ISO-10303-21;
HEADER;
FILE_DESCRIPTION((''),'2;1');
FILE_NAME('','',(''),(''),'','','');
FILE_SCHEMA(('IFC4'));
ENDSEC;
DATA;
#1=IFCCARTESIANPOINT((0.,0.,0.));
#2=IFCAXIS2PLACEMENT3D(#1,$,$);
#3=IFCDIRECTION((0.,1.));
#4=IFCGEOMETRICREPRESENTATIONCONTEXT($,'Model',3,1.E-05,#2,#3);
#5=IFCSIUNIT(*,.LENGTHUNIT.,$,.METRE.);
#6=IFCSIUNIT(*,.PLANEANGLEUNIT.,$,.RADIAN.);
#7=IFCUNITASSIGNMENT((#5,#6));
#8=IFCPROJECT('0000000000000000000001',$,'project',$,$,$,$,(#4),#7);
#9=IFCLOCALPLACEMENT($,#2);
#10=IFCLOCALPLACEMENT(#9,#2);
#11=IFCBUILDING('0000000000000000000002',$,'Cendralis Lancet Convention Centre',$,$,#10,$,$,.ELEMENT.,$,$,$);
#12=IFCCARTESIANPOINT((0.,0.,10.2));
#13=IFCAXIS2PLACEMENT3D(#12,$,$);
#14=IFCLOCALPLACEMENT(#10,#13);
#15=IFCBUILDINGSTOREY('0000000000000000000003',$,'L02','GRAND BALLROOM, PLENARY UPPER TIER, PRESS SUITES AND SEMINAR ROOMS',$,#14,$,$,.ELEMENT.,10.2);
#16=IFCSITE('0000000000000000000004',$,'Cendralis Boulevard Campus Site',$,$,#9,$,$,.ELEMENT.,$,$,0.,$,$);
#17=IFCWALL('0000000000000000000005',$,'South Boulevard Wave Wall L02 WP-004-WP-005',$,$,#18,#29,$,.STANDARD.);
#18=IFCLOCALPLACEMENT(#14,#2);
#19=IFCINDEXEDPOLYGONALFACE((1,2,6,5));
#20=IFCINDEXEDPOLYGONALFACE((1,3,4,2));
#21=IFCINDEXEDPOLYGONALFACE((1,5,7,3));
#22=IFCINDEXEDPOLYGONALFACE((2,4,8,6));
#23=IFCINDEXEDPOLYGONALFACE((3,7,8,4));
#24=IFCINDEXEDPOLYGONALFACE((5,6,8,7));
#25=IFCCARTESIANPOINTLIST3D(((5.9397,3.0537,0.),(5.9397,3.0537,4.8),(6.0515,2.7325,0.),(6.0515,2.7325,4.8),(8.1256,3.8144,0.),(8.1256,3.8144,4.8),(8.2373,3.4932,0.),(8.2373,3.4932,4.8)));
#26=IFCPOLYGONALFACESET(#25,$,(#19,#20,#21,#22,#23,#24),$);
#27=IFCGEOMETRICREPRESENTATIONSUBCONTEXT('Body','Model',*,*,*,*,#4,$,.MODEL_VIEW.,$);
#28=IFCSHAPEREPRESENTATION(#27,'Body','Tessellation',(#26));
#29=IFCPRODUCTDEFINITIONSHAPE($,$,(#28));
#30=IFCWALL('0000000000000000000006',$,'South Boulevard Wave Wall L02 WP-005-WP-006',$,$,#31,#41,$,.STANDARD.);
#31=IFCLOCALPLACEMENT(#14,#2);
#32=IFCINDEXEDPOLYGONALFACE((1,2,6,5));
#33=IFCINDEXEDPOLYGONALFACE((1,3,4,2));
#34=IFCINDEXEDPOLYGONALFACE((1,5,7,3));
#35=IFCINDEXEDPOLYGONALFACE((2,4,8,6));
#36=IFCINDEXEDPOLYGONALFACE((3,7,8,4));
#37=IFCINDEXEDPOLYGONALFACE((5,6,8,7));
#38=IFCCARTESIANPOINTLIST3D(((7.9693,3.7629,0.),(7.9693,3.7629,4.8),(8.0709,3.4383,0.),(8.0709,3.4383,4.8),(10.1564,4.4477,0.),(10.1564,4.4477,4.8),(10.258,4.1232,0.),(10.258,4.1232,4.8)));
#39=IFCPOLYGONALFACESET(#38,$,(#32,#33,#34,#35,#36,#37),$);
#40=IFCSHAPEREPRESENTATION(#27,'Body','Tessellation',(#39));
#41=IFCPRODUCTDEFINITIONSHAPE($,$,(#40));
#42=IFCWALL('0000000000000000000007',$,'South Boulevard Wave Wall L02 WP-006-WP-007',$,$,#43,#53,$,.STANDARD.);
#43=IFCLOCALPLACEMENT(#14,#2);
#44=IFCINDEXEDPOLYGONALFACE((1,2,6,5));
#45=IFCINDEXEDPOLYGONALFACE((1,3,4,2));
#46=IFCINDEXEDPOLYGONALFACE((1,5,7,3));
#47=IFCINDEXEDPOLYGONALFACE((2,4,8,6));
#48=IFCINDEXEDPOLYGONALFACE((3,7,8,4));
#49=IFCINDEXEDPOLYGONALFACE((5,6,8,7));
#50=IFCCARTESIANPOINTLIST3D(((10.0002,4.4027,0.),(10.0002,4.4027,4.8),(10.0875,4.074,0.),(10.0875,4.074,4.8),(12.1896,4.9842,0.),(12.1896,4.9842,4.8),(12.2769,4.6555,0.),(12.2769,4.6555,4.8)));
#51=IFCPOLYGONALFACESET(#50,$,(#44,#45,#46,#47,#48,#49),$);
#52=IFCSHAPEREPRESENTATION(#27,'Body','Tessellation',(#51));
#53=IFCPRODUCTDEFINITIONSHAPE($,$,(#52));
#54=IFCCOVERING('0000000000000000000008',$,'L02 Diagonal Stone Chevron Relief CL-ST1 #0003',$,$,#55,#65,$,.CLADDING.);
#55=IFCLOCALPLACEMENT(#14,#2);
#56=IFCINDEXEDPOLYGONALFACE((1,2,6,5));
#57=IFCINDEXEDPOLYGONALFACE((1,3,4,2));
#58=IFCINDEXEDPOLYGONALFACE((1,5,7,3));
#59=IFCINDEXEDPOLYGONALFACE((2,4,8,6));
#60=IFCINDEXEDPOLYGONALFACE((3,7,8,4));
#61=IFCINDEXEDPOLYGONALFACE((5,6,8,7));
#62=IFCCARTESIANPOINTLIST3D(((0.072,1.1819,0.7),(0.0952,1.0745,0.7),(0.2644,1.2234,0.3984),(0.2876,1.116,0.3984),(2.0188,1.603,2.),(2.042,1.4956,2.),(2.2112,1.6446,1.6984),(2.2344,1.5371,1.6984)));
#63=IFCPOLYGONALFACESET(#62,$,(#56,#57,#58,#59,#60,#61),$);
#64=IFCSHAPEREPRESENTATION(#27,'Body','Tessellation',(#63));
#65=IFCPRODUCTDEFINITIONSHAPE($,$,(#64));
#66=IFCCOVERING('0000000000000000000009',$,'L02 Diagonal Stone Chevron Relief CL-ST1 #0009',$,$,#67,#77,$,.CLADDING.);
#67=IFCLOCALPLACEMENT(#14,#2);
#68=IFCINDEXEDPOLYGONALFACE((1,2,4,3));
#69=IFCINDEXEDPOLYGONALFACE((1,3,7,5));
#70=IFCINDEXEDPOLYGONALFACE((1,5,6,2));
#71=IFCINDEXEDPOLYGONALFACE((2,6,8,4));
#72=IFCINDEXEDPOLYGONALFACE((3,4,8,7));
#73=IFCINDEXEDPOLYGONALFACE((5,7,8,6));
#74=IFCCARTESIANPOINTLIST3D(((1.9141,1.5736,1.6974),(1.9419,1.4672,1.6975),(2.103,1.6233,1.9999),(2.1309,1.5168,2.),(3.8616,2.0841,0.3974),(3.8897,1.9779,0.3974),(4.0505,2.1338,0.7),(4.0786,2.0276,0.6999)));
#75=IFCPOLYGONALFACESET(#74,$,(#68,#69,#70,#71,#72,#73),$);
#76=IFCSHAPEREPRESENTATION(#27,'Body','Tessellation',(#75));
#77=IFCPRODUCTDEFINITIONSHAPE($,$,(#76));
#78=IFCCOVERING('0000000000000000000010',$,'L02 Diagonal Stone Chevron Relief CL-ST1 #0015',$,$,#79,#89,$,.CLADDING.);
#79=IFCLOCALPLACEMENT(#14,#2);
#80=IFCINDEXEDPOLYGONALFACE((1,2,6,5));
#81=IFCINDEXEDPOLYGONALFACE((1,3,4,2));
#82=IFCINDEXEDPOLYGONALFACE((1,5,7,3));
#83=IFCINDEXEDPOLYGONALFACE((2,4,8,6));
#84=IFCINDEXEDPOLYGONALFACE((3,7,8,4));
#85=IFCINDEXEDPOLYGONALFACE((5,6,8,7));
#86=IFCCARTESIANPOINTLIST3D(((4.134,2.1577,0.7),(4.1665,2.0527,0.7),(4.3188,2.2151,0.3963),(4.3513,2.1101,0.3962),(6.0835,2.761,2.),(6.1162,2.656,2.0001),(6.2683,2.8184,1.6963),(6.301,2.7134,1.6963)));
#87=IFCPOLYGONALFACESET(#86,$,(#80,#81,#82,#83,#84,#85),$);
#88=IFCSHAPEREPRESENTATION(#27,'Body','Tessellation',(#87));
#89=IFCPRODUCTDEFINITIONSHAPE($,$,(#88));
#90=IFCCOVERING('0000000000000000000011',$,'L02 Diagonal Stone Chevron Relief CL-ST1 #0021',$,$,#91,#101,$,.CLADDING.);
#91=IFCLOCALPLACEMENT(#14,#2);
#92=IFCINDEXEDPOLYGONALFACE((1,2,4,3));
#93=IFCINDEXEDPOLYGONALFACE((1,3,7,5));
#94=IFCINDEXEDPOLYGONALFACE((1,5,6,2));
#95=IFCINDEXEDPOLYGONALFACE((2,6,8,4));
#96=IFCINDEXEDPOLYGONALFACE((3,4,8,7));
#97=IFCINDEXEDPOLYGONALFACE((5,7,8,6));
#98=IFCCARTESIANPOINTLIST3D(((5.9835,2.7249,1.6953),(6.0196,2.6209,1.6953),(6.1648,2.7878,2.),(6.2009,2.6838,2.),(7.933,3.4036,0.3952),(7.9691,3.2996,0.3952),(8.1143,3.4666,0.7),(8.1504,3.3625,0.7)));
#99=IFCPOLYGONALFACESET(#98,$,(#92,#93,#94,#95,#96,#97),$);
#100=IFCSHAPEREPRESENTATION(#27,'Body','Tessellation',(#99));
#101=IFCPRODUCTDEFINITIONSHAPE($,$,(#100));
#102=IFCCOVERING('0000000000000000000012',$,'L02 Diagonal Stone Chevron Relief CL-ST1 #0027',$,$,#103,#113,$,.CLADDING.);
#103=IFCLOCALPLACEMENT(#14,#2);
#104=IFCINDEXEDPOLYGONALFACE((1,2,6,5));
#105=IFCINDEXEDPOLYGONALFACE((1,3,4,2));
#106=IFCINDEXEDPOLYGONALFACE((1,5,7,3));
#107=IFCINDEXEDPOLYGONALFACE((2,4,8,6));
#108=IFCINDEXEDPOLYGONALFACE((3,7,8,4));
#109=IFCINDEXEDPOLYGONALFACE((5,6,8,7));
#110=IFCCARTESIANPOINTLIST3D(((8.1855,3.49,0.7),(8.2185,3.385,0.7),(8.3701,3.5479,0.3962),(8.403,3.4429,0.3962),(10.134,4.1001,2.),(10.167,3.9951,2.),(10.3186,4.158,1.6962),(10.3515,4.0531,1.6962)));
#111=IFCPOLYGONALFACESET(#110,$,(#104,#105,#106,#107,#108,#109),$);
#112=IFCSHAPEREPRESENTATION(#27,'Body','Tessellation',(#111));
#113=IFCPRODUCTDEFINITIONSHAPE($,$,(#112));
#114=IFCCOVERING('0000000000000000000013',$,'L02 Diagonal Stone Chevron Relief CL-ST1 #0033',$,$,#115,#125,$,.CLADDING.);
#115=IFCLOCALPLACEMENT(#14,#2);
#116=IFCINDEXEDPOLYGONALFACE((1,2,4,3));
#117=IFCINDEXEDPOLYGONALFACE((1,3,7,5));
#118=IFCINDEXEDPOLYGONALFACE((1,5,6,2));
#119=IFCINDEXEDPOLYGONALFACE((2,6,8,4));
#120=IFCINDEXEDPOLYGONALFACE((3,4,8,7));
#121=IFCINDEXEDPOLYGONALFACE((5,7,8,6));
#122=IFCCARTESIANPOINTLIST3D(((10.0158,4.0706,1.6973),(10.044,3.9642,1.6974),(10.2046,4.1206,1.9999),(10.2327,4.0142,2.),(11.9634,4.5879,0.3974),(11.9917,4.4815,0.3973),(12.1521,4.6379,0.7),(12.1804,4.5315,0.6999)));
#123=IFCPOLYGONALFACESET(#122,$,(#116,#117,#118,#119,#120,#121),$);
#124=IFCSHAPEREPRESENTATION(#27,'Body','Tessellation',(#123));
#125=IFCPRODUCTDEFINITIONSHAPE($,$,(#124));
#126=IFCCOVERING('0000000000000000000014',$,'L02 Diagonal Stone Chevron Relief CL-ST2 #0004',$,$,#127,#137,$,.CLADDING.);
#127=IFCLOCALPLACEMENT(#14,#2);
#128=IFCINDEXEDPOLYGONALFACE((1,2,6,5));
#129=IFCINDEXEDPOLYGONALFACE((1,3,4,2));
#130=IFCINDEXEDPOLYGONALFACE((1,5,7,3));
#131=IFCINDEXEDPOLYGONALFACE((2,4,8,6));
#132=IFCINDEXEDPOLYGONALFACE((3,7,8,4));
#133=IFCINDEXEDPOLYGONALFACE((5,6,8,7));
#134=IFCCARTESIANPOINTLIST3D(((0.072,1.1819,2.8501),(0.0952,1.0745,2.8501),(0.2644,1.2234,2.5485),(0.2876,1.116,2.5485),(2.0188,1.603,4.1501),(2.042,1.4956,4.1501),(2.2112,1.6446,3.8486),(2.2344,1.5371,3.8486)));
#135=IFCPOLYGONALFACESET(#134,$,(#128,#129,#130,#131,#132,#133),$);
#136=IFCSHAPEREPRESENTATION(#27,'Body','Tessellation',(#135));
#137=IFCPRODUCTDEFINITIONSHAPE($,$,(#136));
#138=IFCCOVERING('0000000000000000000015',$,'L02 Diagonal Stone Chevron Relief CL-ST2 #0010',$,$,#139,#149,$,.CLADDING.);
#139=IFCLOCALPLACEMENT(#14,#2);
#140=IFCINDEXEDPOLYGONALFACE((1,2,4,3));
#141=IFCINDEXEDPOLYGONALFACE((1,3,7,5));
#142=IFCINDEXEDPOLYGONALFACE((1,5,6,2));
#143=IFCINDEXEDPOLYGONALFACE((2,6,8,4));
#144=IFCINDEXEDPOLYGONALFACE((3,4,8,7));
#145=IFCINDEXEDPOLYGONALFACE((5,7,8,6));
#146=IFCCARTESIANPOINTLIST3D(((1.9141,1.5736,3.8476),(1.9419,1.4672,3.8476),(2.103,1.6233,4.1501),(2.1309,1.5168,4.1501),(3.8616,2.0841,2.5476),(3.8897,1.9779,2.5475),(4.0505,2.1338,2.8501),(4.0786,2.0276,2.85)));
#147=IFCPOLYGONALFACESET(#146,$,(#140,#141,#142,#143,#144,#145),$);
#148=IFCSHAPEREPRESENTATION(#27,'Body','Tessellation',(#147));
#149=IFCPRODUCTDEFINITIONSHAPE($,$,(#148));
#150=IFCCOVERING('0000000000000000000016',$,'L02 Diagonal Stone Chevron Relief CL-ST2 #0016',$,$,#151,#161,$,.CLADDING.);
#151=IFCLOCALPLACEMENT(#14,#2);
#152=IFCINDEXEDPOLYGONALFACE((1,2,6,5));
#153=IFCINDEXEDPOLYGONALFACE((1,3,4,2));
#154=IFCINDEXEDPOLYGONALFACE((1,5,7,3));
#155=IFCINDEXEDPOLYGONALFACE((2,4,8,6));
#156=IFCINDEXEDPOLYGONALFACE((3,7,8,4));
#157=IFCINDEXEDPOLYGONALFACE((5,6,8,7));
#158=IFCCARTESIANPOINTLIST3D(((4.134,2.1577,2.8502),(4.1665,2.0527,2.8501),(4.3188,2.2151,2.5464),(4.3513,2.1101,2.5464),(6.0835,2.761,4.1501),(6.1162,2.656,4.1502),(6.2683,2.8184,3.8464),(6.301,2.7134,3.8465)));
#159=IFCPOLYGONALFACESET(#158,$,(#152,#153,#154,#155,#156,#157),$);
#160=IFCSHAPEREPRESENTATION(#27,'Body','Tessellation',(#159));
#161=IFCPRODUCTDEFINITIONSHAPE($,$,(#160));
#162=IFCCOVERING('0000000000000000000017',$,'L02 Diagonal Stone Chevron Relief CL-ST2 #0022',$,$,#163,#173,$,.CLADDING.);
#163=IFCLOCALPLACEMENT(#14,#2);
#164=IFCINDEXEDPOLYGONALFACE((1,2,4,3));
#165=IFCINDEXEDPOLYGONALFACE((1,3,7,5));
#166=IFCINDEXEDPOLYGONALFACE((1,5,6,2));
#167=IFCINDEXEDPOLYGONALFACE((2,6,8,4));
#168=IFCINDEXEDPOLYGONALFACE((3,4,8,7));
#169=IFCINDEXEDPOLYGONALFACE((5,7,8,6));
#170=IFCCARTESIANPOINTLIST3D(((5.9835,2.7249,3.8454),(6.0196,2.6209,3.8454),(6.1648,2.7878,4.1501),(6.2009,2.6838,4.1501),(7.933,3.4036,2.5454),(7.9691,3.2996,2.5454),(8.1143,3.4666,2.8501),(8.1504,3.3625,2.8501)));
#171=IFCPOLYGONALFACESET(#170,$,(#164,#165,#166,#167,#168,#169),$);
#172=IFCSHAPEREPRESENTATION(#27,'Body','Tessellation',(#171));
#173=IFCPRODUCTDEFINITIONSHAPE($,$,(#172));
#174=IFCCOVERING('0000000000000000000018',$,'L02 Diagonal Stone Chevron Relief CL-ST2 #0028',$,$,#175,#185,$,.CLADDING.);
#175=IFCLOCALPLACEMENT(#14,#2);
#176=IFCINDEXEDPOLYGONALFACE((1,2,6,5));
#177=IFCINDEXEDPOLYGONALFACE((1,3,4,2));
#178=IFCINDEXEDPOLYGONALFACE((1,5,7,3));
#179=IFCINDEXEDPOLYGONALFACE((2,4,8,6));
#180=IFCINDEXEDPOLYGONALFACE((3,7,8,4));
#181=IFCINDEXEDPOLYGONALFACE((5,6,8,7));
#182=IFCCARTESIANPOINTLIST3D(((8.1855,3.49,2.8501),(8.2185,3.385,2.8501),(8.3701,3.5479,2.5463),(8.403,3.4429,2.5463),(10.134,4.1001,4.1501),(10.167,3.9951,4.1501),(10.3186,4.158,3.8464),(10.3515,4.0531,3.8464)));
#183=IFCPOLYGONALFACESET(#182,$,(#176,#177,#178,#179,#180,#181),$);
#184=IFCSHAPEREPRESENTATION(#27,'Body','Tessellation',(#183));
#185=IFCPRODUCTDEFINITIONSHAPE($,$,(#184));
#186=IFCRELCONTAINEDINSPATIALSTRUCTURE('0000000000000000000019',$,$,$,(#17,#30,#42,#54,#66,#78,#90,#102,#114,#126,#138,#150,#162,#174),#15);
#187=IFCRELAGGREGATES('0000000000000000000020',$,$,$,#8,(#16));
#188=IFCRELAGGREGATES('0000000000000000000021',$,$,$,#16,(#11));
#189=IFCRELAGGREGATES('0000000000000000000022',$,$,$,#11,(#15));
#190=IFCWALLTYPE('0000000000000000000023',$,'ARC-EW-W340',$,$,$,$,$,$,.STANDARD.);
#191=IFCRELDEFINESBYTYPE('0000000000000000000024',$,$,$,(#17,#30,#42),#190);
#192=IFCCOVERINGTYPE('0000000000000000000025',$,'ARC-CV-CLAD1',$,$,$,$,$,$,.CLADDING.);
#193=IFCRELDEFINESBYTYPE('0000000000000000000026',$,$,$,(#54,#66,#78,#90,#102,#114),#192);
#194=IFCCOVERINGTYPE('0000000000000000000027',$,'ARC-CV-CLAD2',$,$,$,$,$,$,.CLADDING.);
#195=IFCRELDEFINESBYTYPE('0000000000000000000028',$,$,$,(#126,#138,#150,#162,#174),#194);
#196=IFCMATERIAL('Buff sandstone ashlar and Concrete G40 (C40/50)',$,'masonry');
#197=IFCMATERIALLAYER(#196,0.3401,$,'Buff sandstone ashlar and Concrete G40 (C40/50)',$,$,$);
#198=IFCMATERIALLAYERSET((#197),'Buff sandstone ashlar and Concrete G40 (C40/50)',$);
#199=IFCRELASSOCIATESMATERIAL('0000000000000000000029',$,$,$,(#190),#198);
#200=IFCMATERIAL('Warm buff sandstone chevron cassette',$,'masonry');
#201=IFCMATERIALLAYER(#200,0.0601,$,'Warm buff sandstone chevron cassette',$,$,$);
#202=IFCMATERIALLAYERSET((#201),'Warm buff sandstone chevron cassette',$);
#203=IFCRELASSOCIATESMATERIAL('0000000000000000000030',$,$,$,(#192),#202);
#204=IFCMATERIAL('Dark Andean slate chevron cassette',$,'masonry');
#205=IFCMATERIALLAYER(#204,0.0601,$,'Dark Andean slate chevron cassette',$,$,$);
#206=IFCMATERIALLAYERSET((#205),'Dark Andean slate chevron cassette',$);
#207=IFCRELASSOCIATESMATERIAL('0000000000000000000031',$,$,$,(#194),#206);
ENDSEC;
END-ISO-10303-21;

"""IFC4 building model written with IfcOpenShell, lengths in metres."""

from ifc_helpers import new_model, si_unit, direction, frame, frame_2d, origin, place, context, subcontext, project, spatial, polyline, rectangle, outline, extrude, material, layer, layer_set, type_object, element, save


model = new_model("IFC4")

# Units and contexts
model_context = context("Model", 3, precision=1e-05, world=origin(), true_north=direction((0.0, 1.0)))
body_context = subcontext(model_context, "Body", "Model", "MODEL_VIEW")
ifc_project = project(units=[si_unit("LENGTHUNIT", "METRE"), si_unit("PLANEANGLEUNIT", "RADIAN")], contexts=[model_context])

# Site, building, storey
site_placement = place(None, origin())
site = spatial("IfcSite", under=ifc_project, at=site_placement, Name="Cendralis Boulevard Campus Site", CompositionType="ELEMENT", RefElevation=0.0)
building_placement = place(site_placement, origin())
building = spatial("IfcBuilding", under=site, at=building_placement, Name="Cendralis Lancet Convention Centre", CompositionType="ELEMENT")
storey_placement = place(building_placement, frame((0.0, 0.0, 10.2)))
storey = spatial("IfcBuildingStorey", under=building, at=storey_placement, Name="L02", Description="GRAND BALLROOM, PLENARY UPPER TIER, PRESS SUITES AND SEMINAR ROOMS", CompositionType="ELEMENT", Elevation=10.2)

# Shared definitions
ifc_material_1 = material(Name="Dark Andean slate chevron cassette", Category="masonry")
ifc_material_2 = material(Name="Warm buff sandstone chevron cassette", Category="masonry")

# Shared definitions
ifc_material_3 = material(Name="Buff sandstone ashlar and Concrete G40 (C40/50)", Category="masonry")

# Walls
ifc_layer_1 = layer(ifc_material_3, 0.3401, Name="Buff sandstone ashlar and Concrete G40 (C40/50)")
ifc_layer_set_1 = layer_set([ifc_layer_1], Name="Buff sandstone ashlar and Concrete G40 (C40/50)")
wall_type_1 = type_object("IfcWallType", Name="ARC-EW-W340", PredefinedType="STANDARD", material=ifc_layer_set_1)
wall_1_placement = place(storey_placement, frame((5.9956, 2.8931, 0.0), z_axis=(0.0, 0.0, 1.0), x_axis=(0.944434, 0.328701, 0.0)))
element("IfcWall", 1, at=wall_1_placement, inside=storey, type_object=wall_type_1, Name="South Boulevard Wave Wall L02 WP-004-WP-005", PredefinedType="STANDARD", context=body_context, shape_type="SweptSolid", body=[
    extrude(rectangle(XDim=2.3145, YDim=0.3401, at=frame_2d((1.1572, 0.0))), origin(), (0.0, 0.0, 1.0), 4.8),
])
wall_2_placement = place(storey_placement, frame((8.02, 3.6006, 0.0), z_axis=(0.0, 0.0, 1.0), x_axis=(0.954309, 0.298821, 0.0)))
element("IfcWall", 2, at=wall_2_placement, inside=storey, type_object=wall_type_1, Name="South Boulevard Wave Wall L02 WP-005-WP-006", PredefinedType="STANDARD", context=body_context, shape_type="SweptSolid", body=[
    extrude(rectangle(XDim=2.2917, YDim=0.3401, at=frame_2d((1.146, 0.0))), origin(), (0.0, 0.0, 1.0), 4.8),
])
wall_3_placement = place(storey_placement, frame((10.0437, 4.2383, 0.0), z_axis=(0.0, 0.0, 1.0), x_axis=(0.966488, 0.25671, 0.0)))
element("IfcWall", 3, at=wall_3_placement, inside=storey, type_object=wall_type_1, Name="South Boulevard Wave Wall L02 WP-006-WP-007", PredefinedType="STANDARD", context=body_context, shape_type="SweptSolid", body=[
    extrude(rectangle(XDim=2.2654, YDim=0.3401, at=frame_2d((1.1328, 0.0))), origin(), (0.0, 0.0, 1.0), 4.8),
])

# Coverings
ifc_layer_2 = layer(ifc_material_2, 0.0601, Name="Warm buff sandstone chevron cassette")
ifc_layer_set_2 = layer_set([ifc_layer_2], Name="Warm buff sandstone chevron cassette")
covering_type_1 = type_object("IfcCoveringType", Name="ARC-CV-CLAD1", PredefinedType="CLADDING", material=ifc_layer_set_2)
covering_1_placement = place(storey_placement, frame((0.0952, 1.0745, 0.7), z_axis=(-0.534264, -0.115353, 0.83741), x_axis=(0.818477, 0.17706, 0.546575)))
element("IfcCovering", 4, at=covering_1_placement, inside=storey, type_object=covering_type_1, Name="L02 Diagonal Stone Chevron Relief CL-ST1 #0003", PredefinedType="CLADDING", context=body_context, shape_type="SweptSolid", body=[
    extrude(outline(polyline([(0.0, 0.0), (2.3785, 0.0), (2.3786, 0.1099), (0.0, 0.1099), (0.0, 0.0)])), origin(), (0.0, 0.0, -1.0), 0.3601),
])
covering_2_placement = place(storey_placement, frame((2.1309, 1.5168, 2.0), z_axis=(0.524606, 0.137927, 0.840098), x_axis=(0.812624, 0.213087, -0.542435)))
element("IfcCovering", 5, at=covering_2_placement, inside=storey, type_object=covering_type_1, Name="L02 Diagonal Stone Chevron Relief CL-ST1 #0009", PredefinedType="CLADDING", context=body_context, shape_type="SweptSolid", body=[
    extrude(outline(polyline([(0.0, 0.0), (2.3968, 0.0), (2.3966, 0.1098), (0.0001, 0.11), (0.0, 0.0)])), origin(), (0.0, 0.0, -1.0), 0.3601),
])
covering_3_placement = place(storey_placement, frame((4.1665, 2.0527, 0.7), z_axis=(-0.513117, -0.159305, 0.843406), x_axis=(0.805718, 0.249302, 0.537277)))
element("IfcCovering", 6, at=covering_3_placement, inside=storey, type_object=covering_type_1, Name="L02 Diagonal Stone Chevron Relief CL-ST1 #0015", PredefinedType="CLADDING", context=body_context, shape_type="SweptSolid", body=[
    extrude(outline(polyline([(0.0, 0.0), (2.4198, 0.0), (2.4196, 0.11), (0.0, 0.1099), (0.0, 0.0)])), origin(), (0.0, 0.0, -1.0), 0.3601),
])
covering_4_placement = place(storey_placement, frame((6.2009, 2.6838, 2.0), z_axis=(0.5034, 0.17489, 0.846169), x_axis=(0.799123, 0.278217, -0.532915)))
element("IfcCovering", 7, at=covering_4_placement, inside=storey, type_object=covering_type_1, Name="L02 Diagonal Stone Chevron Relief CL-ST1 #0021", PredefinedType="CLADDING", context=body_context, shape_type="SweptSolid", body=[
    extrude(outline(polyline([(0.0, 0.0), (2.4395, 0.0), (2.4396, 0.1101), (0.0001, 0.1101), (0.0, 0.0)])), origin(), (0.0, 0.0, -1.0), 0.3601),
])
covering_5_placement = place(storey_placement, frame((8.2185, 3.385, 0.7), z_axis=(-0.512432, -0.16088, 0.843523), x_axis=(0.804984, 0.252055, 0.537093)))
element("IfcCovering", 8, at=covering_5_placement, inside=storey, type_object=covering_type_1, Name="L02 Diagonal Stone Chevron Relief CL-ST1 #0027", PredefinedType="CLADDING", context=body_context, shape_type="SweptSolid", body=[
    extrude(outline(polyline([(0.0, 0.0), (2.4205, 0.0), (2.4205, 0.11), (-0.0001, 0.11), (0.0, 0.0)])), origin(), (0.0, 0.0, -1.0), 0.3601),
])
covering_6_placement = place(storey_placement, frame((10.2327, 4.0142, 2.0), z_axis=(0.524034, 0.138821, 0.840308), x_axis=(0.812149, 0.215711, -0.542109)))
element("IfcCovering", 9, at=covering_6_placement, inside=storey, type_object=covering_type_1, Name="L02 Diagonal Stone Chevron Relief CL-ST1 #0033", PredefinedType="CLADDING", context=body_context, shape_type="SweptSolid", body=[
    extrude(outline(polyline([(0.0, 0.0), (2.3982, 0.0), (2.3982, 0.1101), (0.0002, 0.1101), (0.0, 0.0)])), origin(), (0.0, 0.0, -1.0), 0.3601),
])
ifc_layer_3 = layer(ifc_material_1, 0.0601, Name="Dark Andean slate chevron cassette")
ifc_layer_set_3 = layer_set([ifc_layer_3], Name="Dark Andean slate chevron cassette")
covering_type_2 = type_object("IfcCoveringType", Name="ARC-CV-CLAD2", PredefinedType="CLADDING", material=ifc_layer_set_3)
covering_7_placement = place(storey_placement, frame((0.0952, 1.0745, 2.8501), z_axis=(-0.534264, -0.115353, 0.83741), x_axis=(0.818477, 0.17706, 0.546575)))
element("IfcCovering", 10, at=covering_7_placement, inside=storey, type_object=covering_type_2, Name="L02 Diagonal Stone Chevron Relief CL-ST2 #0004", PredefinedType="CLADDING", context=body_context, shape_type="SweptSolid", body=[
    extrude(outline(polyline([(0.0, 0.0), (2.3785, 0.0), (2.3786, 0.1099), (0.0, 0.1099), (0.0, 0.0)])), origin(), (0.0, 0.0, -1.0), 0.3601),
])
covering_8_placement = place(storey_placement, frame((2.1309, 1.5168, 4.1501), z_axis=(0.524606, 0.137927, 0.840098), x_axis=(0.812624, 0.213087, -0.542435)))
element("IfcCovering", 11, at=covering_8_placement, inside=storey, type_object=covering_type_2, Name="L02 Diagonal Stone Chevron Relief CL-ST2 #0010", PredefinedType="CLADDING", context=body_context, shape_type="SweptSolid", body=[
    extrude(outline(polyline([(0.0, 0.0), (2.3968, 0.0), (2.3966, 0.1098), (0.0001, 0.11), (0.0, 0.0)])), origin(), (0.0, 0.0, -1.0), 0.3601),
])
covering_9_placement = place(storey_placement, frame((4.1665, 2.0527, 2.8501), z_axis=(-0.513117, -0.159305, 0.843406), x_axis=(0.805718, 0.249302, 0.537277)))
element("IfcCovering", 12, at=covering_9_placement, inside=storey, type_object=covering_type_2, Name="L02 Diagonal Stone Chevron Relief CL-ST2 #0016", PredefinedType="CLADDING", context=body_context, shape_type="SweptSolid", body=[
    extrude(outline(polyline([(0.0, 0.0), (2.4198, 0.0), (2.4196, 0.11), (0.0, 0.1099), (0.0, 0.0)])), origin(), (0.0, 0.0, -1.0), 0.3601),
])
covering_10_placement = place(storey_placement, frame((6.2009, 2.6838, 4.1501), z_axis=(0.5034, 0.17489, 0.846169), x_axis=(0.799123, 0.278217, -0.532915)))
element("IfcCovering", 13, at=covering_10_placement, inside=storey, type_object=covering_type_2, Name="L02 Diagonal Stone Chevron Relief CL-ST2 #0022", PredefinedType="CLADDING", context=body_context, shape_type="SweptSolid", body=[
    extrude(outline(polyline([(0.0, 0.0), (2.4395, 0.0), (2.4396, 0.1101), (0.0001, 0.1101), (0.0, 0.0)])), origin(), (0.0, 0.0, -1.0), 0.3601),
])
covering_11_placement = place(storey_placement, frame((8.2185, 3.385, 2.8501), z_axis=(-0.512432, -0.16088, 0.843523), x_axis=(0.804984, 0.252055, 0.537093)))
element("IfcCovering", 14, at=covering_11_placement, inside=storey, type_object=covering_type_2, Name="L02 Diagonal Stone Chevron Relief CL-ST2 #0028", PredefinedType="CLADDING", context=body_context, shape_type="SweptSolid", body=[
    extrude(outline(polyline([(0.0, 0.0), (2.4205, 0.0), (2.4205, 0.11), (-0.0001, 0.11), (0.0, 0.0)])), origin(), (0.0, 0.0, -1.0), 0.3601),
])

save(model, "model.ifc")
